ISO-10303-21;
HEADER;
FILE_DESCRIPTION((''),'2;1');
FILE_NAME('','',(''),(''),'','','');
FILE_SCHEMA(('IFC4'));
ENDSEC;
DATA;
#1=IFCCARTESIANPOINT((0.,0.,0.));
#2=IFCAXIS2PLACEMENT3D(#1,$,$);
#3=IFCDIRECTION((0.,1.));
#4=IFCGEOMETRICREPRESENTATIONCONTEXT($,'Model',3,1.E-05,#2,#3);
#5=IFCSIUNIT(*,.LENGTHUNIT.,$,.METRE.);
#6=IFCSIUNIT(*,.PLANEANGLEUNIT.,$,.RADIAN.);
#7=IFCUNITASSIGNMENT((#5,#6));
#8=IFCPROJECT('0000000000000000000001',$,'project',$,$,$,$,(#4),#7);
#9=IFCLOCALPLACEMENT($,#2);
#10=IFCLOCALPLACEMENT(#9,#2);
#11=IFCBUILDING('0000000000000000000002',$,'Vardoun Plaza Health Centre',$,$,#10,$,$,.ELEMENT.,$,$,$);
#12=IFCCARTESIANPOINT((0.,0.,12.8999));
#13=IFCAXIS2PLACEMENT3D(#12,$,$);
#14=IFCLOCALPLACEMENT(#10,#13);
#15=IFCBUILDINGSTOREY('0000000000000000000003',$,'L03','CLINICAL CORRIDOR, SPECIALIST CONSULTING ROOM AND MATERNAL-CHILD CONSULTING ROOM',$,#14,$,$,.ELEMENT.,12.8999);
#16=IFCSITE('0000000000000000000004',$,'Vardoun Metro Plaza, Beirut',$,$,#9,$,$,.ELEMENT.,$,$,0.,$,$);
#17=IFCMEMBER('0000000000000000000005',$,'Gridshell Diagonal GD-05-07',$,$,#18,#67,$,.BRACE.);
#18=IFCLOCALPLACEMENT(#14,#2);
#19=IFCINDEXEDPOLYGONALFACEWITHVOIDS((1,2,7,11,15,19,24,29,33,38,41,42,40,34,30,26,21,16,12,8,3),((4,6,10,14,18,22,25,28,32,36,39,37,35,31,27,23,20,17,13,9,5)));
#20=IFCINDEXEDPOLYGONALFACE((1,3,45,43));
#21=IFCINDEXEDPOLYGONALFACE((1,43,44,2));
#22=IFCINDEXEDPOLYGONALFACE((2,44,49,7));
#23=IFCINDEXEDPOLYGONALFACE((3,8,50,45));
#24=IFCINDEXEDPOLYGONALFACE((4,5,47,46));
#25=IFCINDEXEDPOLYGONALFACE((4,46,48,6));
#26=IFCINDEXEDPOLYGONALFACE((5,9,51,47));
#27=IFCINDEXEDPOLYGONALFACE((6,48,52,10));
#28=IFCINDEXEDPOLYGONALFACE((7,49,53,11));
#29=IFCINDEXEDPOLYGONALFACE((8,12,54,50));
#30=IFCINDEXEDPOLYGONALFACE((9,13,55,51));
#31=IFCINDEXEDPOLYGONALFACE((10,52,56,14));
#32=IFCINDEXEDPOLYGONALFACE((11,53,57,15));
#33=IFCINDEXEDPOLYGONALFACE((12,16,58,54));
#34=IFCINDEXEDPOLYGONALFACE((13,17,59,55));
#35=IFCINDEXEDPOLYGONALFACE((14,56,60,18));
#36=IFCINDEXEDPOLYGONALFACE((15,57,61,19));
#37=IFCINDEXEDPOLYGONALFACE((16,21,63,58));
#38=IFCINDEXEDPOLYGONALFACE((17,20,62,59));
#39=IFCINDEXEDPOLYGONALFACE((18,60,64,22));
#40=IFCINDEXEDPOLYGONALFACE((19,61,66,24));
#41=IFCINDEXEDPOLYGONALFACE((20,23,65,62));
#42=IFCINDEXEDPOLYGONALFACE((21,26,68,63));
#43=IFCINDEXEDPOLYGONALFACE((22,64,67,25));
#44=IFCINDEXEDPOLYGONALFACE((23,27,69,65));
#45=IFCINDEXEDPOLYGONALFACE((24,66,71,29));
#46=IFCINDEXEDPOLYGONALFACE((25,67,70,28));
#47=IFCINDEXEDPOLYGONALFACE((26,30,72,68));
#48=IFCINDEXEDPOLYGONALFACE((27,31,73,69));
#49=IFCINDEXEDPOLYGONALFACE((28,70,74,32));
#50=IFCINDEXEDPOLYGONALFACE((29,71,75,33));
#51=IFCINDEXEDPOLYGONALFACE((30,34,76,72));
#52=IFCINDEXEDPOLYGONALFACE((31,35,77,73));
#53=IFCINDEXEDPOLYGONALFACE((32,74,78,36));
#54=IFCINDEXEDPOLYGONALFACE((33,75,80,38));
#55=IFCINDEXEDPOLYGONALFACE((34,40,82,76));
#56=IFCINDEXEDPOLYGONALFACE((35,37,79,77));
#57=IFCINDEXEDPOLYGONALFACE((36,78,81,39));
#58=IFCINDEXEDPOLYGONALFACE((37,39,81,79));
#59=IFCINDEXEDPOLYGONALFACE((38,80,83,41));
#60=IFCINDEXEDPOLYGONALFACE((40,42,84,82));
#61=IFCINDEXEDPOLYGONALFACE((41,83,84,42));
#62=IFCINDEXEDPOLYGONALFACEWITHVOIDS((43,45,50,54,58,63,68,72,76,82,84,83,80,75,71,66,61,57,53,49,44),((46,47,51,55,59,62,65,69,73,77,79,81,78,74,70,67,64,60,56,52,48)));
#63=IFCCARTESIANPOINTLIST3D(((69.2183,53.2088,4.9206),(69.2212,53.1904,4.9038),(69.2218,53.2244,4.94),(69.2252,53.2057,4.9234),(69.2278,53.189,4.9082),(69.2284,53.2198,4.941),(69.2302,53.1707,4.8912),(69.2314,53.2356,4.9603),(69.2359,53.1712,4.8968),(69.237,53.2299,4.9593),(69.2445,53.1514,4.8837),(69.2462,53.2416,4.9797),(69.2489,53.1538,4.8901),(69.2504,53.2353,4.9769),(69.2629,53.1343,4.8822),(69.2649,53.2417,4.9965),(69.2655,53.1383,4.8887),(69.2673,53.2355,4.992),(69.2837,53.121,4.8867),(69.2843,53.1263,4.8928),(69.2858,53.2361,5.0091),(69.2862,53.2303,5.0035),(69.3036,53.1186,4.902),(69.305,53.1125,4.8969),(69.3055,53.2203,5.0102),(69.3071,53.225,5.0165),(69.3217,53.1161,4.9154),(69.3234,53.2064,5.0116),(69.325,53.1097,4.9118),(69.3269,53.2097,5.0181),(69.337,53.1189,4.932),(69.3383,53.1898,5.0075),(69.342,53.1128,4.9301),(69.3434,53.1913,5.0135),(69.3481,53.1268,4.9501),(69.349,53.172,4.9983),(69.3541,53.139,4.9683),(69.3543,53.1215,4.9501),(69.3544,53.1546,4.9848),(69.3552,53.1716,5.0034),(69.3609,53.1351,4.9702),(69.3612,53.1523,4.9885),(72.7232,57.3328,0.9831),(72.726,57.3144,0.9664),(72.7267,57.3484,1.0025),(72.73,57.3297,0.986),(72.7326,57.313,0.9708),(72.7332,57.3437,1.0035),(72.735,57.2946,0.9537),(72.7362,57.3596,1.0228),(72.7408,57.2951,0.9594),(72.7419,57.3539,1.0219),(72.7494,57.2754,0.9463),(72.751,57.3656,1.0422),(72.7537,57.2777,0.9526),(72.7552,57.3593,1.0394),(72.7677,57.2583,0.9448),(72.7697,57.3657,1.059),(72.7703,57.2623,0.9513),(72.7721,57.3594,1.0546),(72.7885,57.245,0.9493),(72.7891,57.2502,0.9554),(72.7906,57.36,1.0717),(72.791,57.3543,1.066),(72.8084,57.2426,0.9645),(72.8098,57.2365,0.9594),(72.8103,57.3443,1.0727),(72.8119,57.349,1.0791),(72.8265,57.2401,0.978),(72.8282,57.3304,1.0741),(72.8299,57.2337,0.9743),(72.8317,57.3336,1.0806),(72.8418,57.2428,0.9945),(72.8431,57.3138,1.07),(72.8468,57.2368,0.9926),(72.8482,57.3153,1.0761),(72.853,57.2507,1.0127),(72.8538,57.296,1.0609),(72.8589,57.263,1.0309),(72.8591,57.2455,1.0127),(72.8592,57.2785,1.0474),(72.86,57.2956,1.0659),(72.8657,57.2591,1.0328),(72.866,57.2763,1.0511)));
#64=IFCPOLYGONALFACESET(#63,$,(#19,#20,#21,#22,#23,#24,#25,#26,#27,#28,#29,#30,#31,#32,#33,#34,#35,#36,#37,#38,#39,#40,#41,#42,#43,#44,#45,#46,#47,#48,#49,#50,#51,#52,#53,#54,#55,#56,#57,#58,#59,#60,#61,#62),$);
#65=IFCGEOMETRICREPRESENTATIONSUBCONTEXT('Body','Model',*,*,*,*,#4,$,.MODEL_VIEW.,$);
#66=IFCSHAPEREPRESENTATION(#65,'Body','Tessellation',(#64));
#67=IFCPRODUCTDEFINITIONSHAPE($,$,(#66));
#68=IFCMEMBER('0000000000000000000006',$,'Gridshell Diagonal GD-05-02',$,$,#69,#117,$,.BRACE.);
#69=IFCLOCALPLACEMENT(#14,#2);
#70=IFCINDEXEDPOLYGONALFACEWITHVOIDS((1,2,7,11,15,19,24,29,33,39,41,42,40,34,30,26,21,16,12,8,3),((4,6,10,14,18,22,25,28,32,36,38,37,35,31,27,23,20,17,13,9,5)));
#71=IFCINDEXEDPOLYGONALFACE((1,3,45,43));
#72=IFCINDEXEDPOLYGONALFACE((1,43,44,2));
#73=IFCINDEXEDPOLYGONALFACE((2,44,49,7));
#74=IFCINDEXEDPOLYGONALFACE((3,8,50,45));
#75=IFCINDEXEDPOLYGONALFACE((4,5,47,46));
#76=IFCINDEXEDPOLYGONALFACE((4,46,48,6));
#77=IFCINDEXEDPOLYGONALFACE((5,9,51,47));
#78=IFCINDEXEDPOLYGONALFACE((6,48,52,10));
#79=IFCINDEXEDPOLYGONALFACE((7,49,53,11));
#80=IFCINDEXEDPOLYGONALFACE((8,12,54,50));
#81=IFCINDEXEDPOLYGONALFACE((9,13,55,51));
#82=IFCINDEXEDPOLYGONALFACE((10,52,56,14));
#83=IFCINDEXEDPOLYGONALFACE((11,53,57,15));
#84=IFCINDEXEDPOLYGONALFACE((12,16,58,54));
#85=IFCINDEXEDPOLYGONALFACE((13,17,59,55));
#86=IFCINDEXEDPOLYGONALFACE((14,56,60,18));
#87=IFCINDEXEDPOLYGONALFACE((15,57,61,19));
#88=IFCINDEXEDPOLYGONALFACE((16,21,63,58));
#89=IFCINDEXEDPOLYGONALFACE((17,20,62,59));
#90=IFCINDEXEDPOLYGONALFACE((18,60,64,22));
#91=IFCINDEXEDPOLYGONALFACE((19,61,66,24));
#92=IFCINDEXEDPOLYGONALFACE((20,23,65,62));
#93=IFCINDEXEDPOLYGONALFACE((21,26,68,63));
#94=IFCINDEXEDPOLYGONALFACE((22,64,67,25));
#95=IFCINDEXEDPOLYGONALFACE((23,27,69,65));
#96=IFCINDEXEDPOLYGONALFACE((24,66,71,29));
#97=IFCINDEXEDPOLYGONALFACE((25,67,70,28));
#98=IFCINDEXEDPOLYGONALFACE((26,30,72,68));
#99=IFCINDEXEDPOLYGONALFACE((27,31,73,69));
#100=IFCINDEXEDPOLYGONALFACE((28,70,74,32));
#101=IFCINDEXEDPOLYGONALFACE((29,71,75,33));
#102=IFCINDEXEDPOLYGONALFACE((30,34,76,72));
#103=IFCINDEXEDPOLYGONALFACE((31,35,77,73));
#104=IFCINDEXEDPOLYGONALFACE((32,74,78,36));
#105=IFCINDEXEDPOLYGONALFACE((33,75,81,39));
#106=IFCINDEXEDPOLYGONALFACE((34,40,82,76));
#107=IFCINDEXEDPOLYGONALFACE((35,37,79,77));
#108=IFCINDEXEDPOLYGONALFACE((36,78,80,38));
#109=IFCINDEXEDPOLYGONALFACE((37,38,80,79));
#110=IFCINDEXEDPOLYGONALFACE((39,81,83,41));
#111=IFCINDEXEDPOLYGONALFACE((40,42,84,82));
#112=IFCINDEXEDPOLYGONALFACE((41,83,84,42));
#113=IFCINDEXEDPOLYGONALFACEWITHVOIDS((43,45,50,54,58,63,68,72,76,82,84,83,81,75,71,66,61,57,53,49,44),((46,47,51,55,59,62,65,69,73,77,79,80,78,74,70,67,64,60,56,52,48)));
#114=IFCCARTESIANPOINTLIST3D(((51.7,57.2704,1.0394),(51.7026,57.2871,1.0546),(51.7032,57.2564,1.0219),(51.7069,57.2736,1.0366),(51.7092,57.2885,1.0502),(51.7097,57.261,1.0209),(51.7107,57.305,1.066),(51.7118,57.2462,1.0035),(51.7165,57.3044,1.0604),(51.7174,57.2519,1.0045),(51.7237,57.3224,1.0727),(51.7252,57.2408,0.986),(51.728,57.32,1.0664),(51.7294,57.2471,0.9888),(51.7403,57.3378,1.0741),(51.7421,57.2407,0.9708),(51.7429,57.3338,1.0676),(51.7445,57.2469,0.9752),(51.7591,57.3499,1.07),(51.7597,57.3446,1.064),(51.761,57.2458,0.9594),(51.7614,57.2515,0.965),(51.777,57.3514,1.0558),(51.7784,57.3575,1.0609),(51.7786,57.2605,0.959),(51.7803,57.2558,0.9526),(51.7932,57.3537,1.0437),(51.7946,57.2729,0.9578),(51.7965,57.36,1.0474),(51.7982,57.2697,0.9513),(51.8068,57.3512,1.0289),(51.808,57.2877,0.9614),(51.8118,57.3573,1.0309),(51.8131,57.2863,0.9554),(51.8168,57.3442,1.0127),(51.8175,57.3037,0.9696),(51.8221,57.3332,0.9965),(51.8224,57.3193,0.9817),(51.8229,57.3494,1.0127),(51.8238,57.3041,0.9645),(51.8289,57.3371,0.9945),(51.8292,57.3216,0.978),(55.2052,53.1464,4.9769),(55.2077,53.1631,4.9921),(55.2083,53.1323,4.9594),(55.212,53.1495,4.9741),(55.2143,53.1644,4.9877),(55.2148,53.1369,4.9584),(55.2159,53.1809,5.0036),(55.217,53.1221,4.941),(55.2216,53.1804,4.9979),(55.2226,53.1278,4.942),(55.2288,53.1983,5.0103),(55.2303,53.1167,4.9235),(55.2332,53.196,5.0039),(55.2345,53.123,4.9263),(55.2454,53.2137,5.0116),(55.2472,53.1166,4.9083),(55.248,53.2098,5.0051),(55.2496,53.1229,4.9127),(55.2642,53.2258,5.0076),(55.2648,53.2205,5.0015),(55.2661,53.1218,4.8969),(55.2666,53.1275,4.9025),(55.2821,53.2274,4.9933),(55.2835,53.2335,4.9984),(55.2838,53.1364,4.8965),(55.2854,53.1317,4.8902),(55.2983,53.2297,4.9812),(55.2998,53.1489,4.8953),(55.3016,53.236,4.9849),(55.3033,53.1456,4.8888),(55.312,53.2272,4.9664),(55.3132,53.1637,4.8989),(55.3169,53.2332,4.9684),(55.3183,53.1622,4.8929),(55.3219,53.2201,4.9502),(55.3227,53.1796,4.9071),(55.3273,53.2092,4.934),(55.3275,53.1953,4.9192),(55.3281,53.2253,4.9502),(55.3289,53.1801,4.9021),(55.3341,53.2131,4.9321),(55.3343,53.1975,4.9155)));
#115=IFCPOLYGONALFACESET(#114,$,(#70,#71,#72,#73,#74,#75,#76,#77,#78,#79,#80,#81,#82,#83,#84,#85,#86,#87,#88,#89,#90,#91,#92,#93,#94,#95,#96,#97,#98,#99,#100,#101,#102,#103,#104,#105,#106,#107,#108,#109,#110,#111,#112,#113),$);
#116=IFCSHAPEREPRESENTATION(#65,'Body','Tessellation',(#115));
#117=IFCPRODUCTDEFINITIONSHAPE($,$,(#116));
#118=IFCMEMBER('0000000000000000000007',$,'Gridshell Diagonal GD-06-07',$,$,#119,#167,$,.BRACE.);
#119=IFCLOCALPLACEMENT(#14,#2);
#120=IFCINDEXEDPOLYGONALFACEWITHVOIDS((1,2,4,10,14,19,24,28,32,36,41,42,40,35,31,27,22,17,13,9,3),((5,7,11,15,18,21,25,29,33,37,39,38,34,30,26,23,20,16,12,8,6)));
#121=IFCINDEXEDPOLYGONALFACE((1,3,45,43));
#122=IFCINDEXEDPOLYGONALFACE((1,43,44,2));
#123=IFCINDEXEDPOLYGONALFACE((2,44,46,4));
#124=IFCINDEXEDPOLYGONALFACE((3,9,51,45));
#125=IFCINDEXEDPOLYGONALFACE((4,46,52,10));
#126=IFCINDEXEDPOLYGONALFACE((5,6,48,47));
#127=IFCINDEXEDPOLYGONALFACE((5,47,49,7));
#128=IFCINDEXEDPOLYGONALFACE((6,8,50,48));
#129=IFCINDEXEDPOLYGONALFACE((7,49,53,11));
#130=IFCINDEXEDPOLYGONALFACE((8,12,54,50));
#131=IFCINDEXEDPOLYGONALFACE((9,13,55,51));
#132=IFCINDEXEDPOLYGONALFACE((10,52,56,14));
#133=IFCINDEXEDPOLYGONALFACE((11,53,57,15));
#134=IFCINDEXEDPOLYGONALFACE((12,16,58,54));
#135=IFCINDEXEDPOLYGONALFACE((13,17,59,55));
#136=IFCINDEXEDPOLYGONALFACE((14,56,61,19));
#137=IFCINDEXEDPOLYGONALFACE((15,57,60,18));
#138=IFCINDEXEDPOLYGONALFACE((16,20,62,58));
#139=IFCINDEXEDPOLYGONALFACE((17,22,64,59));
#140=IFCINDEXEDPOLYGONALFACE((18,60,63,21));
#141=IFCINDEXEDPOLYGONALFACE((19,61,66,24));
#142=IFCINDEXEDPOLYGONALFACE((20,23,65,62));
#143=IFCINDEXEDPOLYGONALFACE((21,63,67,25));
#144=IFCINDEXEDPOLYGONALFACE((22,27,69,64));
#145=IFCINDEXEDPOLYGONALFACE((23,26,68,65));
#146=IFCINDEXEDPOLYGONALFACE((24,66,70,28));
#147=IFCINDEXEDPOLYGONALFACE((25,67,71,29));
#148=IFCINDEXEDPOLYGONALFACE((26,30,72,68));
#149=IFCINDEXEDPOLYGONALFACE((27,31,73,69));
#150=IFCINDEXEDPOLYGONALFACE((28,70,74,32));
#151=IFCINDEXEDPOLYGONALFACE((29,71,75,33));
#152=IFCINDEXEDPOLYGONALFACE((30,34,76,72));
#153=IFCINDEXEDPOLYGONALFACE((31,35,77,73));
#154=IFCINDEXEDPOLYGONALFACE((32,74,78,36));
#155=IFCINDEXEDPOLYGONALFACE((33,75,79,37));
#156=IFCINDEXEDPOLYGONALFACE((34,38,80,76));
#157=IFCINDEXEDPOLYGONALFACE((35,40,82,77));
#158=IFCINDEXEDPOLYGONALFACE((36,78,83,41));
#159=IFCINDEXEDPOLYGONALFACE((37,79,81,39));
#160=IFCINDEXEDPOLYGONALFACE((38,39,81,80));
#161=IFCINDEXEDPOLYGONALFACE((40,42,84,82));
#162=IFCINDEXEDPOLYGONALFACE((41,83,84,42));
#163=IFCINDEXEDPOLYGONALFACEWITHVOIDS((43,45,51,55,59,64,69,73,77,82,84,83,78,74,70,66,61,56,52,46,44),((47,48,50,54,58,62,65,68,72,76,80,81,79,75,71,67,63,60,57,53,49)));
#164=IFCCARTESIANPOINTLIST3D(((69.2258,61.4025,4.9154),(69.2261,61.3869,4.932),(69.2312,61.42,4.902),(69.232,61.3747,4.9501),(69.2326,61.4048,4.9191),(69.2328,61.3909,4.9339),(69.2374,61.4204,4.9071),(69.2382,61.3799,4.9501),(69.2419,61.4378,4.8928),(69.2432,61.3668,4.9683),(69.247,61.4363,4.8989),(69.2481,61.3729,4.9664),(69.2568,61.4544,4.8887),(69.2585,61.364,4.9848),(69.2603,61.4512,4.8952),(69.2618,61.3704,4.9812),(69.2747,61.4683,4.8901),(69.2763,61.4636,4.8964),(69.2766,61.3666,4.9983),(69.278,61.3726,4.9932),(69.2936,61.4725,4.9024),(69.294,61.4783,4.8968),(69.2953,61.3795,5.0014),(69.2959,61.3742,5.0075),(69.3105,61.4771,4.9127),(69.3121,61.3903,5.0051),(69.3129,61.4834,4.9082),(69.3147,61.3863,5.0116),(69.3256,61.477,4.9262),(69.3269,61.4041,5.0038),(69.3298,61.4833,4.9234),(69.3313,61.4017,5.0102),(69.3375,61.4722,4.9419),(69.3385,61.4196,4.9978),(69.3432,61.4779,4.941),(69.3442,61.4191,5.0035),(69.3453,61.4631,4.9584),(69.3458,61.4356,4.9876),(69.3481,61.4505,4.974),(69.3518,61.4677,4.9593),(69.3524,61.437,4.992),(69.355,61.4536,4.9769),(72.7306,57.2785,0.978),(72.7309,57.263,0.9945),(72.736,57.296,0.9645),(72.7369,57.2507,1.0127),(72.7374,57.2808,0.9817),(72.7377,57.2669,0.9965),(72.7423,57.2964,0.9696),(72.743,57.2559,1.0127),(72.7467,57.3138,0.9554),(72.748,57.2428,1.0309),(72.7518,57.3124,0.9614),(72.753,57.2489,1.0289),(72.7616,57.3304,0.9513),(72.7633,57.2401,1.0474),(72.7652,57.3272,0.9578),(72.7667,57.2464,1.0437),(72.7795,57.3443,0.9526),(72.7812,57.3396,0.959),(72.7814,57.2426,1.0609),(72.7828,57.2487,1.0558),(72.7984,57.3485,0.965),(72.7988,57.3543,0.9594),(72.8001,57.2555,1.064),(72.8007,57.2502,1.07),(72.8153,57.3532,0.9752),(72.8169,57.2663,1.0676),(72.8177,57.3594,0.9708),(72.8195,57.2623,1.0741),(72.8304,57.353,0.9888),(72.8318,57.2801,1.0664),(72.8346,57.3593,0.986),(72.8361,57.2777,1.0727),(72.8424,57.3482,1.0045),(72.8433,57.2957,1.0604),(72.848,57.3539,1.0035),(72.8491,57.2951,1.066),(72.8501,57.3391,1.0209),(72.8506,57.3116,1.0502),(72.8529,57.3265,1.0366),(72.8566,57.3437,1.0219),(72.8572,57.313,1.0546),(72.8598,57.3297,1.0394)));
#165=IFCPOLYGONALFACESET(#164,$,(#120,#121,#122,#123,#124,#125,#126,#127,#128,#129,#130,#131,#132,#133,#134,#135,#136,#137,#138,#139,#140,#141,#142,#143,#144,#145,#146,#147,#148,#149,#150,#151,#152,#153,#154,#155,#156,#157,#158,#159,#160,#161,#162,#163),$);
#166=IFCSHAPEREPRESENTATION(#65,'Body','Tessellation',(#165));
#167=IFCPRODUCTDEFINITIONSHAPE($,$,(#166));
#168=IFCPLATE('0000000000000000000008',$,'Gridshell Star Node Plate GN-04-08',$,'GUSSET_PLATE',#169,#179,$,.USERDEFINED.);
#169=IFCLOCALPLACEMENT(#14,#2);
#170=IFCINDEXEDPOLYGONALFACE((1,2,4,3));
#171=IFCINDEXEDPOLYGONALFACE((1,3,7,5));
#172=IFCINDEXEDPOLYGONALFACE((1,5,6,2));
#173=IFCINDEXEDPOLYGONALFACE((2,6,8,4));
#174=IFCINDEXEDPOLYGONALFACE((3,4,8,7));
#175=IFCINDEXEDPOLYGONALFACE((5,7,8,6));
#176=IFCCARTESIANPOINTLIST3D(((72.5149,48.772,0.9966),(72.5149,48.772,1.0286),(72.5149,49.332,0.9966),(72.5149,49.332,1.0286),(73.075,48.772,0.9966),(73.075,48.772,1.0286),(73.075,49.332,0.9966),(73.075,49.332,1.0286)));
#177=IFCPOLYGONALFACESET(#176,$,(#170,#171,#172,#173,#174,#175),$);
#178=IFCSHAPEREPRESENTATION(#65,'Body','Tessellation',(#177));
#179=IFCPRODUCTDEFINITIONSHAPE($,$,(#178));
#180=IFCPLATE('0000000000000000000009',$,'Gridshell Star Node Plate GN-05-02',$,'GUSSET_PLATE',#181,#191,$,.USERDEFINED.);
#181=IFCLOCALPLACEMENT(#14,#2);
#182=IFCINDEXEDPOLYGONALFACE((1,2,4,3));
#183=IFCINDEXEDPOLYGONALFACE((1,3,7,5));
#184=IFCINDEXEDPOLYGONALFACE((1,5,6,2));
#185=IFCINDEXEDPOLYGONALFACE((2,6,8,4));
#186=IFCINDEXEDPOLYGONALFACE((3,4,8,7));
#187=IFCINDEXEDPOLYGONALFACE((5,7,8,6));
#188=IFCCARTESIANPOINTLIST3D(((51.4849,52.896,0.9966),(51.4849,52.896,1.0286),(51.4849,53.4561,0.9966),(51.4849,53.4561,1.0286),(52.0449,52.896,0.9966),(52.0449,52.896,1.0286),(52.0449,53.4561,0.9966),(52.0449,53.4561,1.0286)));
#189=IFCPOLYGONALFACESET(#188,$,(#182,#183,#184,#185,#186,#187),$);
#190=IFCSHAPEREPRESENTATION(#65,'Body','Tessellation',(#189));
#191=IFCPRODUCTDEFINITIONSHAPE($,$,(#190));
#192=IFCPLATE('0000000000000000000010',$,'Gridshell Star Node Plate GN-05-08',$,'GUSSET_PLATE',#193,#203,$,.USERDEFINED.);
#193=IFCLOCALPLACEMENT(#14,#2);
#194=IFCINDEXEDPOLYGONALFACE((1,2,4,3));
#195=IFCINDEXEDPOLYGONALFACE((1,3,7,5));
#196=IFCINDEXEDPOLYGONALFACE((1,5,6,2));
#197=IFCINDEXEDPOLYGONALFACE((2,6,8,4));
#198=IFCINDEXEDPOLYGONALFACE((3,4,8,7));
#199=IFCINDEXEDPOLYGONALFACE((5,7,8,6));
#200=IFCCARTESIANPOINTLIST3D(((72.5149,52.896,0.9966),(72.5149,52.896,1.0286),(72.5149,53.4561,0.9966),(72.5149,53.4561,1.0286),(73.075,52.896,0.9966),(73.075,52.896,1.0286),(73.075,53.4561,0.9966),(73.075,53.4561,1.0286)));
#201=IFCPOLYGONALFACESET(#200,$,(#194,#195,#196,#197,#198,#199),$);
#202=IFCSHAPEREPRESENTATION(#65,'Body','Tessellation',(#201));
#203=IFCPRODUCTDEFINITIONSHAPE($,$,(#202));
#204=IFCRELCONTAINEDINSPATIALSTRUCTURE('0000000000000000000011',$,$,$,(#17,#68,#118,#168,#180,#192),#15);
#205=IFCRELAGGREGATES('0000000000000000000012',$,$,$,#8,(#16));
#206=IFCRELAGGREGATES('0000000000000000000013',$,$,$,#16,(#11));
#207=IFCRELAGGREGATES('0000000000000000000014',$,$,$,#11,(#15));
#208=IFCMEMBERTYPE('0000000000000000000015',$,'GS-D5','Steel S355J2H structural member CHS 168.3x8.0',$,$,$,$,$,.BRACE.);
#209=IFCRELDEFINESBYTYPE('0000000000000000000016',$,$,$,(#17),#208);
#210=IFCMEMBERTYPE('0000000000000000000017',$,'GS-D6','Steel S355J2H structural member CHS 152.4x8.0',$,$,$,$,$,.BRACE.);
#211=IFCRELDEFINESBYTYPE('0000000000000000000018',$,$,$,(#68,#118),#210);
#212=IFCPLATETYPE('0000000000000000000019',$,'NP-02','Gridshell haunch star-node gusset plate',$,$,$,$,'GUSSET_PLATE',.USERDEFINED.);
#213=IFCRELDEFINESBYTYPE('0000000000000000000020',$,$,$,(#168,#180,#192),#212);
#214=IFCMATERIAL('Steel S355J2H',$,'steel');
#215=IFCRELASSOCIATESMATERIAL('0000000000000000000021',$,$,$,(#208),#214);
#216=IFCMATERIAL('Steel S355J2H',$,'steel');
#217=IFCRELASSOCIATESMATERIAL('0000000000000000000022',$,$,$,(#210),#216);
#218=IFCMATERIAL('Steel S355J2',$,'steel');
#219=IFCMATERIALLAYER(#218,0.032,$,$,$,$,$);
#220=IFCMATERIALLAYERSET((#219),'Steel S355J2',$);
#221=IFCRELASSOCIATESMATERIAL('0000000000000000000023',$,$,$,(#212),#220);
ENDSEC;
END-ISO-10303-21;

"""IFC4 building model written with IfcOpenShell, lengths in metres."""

from ifc_helpers import new_model, si_unit, direction, frame, origin, origin_2d, place, context, subcontext, project, spatial, rectangle, hollow_circle, extrude, material, layer, layer_set, material_profile, profile_set, type_object, element, save


model = new_model("IFC4")

# Units and contexts
model_context = context("Model", 3, precision=1e-05, world=origin(), true_north=direction((0.0, 1.0)))
body_context = subcontext(model_context, "Body", "Model", "MODEL_VIEW")
ifc_project = project(units=[si_unit("LENGTHUNIT", "METRE"), si_unit("PLANEANGLEUNIT", "RADIAN")], contexts=[model_context])

# Site, building, storey
site_placement = place(None, origin())
site = spatial("IfcSite", under=ifc_project, at=site_placement, Name="Vardoun Metro Plaza, Beirut", CompositionType="ELEMENT", RefElevation=0.0)
building_placement = place(site_placement, origin())
building = spatial("IfcBuilding", under=site, at=building_placement, Name="Vardoun Plaza Health Centre", CompositionType="ELEMENT")
storey_placement = place(building_placement, frame((0.0, 0.0, 12.8999)))
storey = spatial("IfcBuildingStorey", under=building, at=storey_placement, Name="L03", Description="CLINICAL CORRIDOR, SPECIALIST CONSULTING ROOM AND MATERNAL-CHILD CONSULTING ROOM", CompositionType="ELEMENT", Elevation=12.8999)

# Members
ifc_material_1 = material(Name="Steel S355J2H", Category="steel")
ifc_material_profile_1 = material_profile(ifc_material_1, hollow_circle(Radius=0.0842, WallThickness=0.0081, at=origin_2d()), Name="CHS 168.3x8.0")
ifc_profile_set_1 = profile_set([ifc_material_profile_1], Name="Steel S355J2H")
member_type_1 = type_object("IfcMemberType", Name="GS-D5", Description="Steel S355J2H structural member CHS 168.3x8.0", PredefinedType="BRACE", material=ifc_profile_set_1)
member_1_placement = place(storey_placement, frame((72.7949, 57.3, 1.0127), z_axis=(-0.523667, -0.616174, 0.588305), x_axis=(0.761988, -0.647591, 0.0)))
element("IfcMember", 1, at=member_1_placement, inside=storey, type_object=member_type_1, Name="Gridshell Diagonal GD-05-07", PredefinedType="BRACE", context=body_context, shape_type="SweptSolid", body=[
    extrude(hollow_circle(Radius=0.0842, WallThickness=0.0081, at=origin_2d()), origin(), (0.0, 0.0, 1.0), 6.6929),
])
ifc_material_2 = material(Name="Steel S355J2H", Category="steel")
ifc_material_profile_2 = material_profile(ifc_material_2, hollow_circle(Radius=0.0762, WallThickness=0.0081, at=origin_2d()), Name="CHS 152.4x8.0")
ifc_profile_set_2 = profile_set([ifc_material_profile_2], Name="Steel S355J2H")
member_type_2 = type_object("IfcMemberType", Name="GS-D6", Description="Steel S355J2H structural member CHS 152.4x8.0", PredefinedType="BRACE", material=ifc_profile_set_2)
member_2_placement = place(storey_placement, frame((51.7649, 57.3, 1.0127), z_axis=(0.523694, -0.616162, 0.588294), x_axis=(0.761966, 0.647617, 0.0)))
element("IfcMember", 2, at=member_2_placement, inside=storey, type_object=member_type_2, Name="Gridshell Diagonal GD-05-02", PredefinedType="BRACE", context=body_context, shape_type="SweptSolid", body=[
    extrude(hollow_circle(Radius=0.0762, WallThickness=0.0081, at=origin_2d()), origin(), (0.0, 0.0, 1.0), 6.6931),
])
member_3_placement = place(storey_placement, frame((72.7949, 57.3, 1.0127), z_axis=(-0.523667, 0.616174, 0.588305), x_axis=(-0.761988, -0.647591, 0.0)))
element("IfcMember", 3, at=member_3_placement, inside=storey, type_object=member_type_2, Name="Gridshell Diagonal GD-06-07", PredefinedType="BRACE", context=body_context, shape_type="SweptSolid", body=[
    extrude(hollow_circle(Radius=0.0762, WallThickness=0.0081, at=origin_2d()), origin(), (0.0, 0.0, 1.0), 6.6929),
])

# Plates
ifc_material_3 = material(Name="Steel S355J2", Category="steel")
ifc_layer_1 = layer(ifc_material_3, 0.032)
ifc_layer_set_1 = layer_set([ifc_layer_1], Name="Steel S355J2")
plate_type = type_object("IfcPlateType", Name="NP-02", Description="Gridshell haunch star-node gusset plate", ElementType="GUSSET_PLATE", PredefinedType="USERDEFINED", material=ifc_layer_set_1)
for number, where, z_axis, x_axis, name in (
    (4, (72.7949, 49.052, 0.9966), (0.0, 0.0, 1.0), (1.0, 0.0, 0.0), "Gridshell Star Node Plate GN-04-08"),
    (5, (51.7649, 53.176, 0.9966), (0.0, 0.0, 1.0), (1.0, 0.0, 0.0), "Gridshell Star Node Plate GN-05-02"),
    (6, (72.7949, 53.176, 0.9966), (0.0, 0.0, 1.0), (1.0, 0.0, 0.0), "Gridshell Star Node Plate GN-05-08"),
):
    element("IfcPlate", number, at=place(storey_placement, frame(where, z_axis=z_axis, x_axis=x_axis)), inside=storey, type_object=plate_type, Name=name, ObjectType="GUSSET_PLATE", PredefinedType="USERDEFINED", context=body_context, shape_type="SweptSolid", body=[
        extrude(rectangle(XDim=0.5601, YDim=0.5601, at=origin_2d()), origin(), (0.0, 0.0, 1.0), 0.032),
    ])

save(model, "model.ifc")
